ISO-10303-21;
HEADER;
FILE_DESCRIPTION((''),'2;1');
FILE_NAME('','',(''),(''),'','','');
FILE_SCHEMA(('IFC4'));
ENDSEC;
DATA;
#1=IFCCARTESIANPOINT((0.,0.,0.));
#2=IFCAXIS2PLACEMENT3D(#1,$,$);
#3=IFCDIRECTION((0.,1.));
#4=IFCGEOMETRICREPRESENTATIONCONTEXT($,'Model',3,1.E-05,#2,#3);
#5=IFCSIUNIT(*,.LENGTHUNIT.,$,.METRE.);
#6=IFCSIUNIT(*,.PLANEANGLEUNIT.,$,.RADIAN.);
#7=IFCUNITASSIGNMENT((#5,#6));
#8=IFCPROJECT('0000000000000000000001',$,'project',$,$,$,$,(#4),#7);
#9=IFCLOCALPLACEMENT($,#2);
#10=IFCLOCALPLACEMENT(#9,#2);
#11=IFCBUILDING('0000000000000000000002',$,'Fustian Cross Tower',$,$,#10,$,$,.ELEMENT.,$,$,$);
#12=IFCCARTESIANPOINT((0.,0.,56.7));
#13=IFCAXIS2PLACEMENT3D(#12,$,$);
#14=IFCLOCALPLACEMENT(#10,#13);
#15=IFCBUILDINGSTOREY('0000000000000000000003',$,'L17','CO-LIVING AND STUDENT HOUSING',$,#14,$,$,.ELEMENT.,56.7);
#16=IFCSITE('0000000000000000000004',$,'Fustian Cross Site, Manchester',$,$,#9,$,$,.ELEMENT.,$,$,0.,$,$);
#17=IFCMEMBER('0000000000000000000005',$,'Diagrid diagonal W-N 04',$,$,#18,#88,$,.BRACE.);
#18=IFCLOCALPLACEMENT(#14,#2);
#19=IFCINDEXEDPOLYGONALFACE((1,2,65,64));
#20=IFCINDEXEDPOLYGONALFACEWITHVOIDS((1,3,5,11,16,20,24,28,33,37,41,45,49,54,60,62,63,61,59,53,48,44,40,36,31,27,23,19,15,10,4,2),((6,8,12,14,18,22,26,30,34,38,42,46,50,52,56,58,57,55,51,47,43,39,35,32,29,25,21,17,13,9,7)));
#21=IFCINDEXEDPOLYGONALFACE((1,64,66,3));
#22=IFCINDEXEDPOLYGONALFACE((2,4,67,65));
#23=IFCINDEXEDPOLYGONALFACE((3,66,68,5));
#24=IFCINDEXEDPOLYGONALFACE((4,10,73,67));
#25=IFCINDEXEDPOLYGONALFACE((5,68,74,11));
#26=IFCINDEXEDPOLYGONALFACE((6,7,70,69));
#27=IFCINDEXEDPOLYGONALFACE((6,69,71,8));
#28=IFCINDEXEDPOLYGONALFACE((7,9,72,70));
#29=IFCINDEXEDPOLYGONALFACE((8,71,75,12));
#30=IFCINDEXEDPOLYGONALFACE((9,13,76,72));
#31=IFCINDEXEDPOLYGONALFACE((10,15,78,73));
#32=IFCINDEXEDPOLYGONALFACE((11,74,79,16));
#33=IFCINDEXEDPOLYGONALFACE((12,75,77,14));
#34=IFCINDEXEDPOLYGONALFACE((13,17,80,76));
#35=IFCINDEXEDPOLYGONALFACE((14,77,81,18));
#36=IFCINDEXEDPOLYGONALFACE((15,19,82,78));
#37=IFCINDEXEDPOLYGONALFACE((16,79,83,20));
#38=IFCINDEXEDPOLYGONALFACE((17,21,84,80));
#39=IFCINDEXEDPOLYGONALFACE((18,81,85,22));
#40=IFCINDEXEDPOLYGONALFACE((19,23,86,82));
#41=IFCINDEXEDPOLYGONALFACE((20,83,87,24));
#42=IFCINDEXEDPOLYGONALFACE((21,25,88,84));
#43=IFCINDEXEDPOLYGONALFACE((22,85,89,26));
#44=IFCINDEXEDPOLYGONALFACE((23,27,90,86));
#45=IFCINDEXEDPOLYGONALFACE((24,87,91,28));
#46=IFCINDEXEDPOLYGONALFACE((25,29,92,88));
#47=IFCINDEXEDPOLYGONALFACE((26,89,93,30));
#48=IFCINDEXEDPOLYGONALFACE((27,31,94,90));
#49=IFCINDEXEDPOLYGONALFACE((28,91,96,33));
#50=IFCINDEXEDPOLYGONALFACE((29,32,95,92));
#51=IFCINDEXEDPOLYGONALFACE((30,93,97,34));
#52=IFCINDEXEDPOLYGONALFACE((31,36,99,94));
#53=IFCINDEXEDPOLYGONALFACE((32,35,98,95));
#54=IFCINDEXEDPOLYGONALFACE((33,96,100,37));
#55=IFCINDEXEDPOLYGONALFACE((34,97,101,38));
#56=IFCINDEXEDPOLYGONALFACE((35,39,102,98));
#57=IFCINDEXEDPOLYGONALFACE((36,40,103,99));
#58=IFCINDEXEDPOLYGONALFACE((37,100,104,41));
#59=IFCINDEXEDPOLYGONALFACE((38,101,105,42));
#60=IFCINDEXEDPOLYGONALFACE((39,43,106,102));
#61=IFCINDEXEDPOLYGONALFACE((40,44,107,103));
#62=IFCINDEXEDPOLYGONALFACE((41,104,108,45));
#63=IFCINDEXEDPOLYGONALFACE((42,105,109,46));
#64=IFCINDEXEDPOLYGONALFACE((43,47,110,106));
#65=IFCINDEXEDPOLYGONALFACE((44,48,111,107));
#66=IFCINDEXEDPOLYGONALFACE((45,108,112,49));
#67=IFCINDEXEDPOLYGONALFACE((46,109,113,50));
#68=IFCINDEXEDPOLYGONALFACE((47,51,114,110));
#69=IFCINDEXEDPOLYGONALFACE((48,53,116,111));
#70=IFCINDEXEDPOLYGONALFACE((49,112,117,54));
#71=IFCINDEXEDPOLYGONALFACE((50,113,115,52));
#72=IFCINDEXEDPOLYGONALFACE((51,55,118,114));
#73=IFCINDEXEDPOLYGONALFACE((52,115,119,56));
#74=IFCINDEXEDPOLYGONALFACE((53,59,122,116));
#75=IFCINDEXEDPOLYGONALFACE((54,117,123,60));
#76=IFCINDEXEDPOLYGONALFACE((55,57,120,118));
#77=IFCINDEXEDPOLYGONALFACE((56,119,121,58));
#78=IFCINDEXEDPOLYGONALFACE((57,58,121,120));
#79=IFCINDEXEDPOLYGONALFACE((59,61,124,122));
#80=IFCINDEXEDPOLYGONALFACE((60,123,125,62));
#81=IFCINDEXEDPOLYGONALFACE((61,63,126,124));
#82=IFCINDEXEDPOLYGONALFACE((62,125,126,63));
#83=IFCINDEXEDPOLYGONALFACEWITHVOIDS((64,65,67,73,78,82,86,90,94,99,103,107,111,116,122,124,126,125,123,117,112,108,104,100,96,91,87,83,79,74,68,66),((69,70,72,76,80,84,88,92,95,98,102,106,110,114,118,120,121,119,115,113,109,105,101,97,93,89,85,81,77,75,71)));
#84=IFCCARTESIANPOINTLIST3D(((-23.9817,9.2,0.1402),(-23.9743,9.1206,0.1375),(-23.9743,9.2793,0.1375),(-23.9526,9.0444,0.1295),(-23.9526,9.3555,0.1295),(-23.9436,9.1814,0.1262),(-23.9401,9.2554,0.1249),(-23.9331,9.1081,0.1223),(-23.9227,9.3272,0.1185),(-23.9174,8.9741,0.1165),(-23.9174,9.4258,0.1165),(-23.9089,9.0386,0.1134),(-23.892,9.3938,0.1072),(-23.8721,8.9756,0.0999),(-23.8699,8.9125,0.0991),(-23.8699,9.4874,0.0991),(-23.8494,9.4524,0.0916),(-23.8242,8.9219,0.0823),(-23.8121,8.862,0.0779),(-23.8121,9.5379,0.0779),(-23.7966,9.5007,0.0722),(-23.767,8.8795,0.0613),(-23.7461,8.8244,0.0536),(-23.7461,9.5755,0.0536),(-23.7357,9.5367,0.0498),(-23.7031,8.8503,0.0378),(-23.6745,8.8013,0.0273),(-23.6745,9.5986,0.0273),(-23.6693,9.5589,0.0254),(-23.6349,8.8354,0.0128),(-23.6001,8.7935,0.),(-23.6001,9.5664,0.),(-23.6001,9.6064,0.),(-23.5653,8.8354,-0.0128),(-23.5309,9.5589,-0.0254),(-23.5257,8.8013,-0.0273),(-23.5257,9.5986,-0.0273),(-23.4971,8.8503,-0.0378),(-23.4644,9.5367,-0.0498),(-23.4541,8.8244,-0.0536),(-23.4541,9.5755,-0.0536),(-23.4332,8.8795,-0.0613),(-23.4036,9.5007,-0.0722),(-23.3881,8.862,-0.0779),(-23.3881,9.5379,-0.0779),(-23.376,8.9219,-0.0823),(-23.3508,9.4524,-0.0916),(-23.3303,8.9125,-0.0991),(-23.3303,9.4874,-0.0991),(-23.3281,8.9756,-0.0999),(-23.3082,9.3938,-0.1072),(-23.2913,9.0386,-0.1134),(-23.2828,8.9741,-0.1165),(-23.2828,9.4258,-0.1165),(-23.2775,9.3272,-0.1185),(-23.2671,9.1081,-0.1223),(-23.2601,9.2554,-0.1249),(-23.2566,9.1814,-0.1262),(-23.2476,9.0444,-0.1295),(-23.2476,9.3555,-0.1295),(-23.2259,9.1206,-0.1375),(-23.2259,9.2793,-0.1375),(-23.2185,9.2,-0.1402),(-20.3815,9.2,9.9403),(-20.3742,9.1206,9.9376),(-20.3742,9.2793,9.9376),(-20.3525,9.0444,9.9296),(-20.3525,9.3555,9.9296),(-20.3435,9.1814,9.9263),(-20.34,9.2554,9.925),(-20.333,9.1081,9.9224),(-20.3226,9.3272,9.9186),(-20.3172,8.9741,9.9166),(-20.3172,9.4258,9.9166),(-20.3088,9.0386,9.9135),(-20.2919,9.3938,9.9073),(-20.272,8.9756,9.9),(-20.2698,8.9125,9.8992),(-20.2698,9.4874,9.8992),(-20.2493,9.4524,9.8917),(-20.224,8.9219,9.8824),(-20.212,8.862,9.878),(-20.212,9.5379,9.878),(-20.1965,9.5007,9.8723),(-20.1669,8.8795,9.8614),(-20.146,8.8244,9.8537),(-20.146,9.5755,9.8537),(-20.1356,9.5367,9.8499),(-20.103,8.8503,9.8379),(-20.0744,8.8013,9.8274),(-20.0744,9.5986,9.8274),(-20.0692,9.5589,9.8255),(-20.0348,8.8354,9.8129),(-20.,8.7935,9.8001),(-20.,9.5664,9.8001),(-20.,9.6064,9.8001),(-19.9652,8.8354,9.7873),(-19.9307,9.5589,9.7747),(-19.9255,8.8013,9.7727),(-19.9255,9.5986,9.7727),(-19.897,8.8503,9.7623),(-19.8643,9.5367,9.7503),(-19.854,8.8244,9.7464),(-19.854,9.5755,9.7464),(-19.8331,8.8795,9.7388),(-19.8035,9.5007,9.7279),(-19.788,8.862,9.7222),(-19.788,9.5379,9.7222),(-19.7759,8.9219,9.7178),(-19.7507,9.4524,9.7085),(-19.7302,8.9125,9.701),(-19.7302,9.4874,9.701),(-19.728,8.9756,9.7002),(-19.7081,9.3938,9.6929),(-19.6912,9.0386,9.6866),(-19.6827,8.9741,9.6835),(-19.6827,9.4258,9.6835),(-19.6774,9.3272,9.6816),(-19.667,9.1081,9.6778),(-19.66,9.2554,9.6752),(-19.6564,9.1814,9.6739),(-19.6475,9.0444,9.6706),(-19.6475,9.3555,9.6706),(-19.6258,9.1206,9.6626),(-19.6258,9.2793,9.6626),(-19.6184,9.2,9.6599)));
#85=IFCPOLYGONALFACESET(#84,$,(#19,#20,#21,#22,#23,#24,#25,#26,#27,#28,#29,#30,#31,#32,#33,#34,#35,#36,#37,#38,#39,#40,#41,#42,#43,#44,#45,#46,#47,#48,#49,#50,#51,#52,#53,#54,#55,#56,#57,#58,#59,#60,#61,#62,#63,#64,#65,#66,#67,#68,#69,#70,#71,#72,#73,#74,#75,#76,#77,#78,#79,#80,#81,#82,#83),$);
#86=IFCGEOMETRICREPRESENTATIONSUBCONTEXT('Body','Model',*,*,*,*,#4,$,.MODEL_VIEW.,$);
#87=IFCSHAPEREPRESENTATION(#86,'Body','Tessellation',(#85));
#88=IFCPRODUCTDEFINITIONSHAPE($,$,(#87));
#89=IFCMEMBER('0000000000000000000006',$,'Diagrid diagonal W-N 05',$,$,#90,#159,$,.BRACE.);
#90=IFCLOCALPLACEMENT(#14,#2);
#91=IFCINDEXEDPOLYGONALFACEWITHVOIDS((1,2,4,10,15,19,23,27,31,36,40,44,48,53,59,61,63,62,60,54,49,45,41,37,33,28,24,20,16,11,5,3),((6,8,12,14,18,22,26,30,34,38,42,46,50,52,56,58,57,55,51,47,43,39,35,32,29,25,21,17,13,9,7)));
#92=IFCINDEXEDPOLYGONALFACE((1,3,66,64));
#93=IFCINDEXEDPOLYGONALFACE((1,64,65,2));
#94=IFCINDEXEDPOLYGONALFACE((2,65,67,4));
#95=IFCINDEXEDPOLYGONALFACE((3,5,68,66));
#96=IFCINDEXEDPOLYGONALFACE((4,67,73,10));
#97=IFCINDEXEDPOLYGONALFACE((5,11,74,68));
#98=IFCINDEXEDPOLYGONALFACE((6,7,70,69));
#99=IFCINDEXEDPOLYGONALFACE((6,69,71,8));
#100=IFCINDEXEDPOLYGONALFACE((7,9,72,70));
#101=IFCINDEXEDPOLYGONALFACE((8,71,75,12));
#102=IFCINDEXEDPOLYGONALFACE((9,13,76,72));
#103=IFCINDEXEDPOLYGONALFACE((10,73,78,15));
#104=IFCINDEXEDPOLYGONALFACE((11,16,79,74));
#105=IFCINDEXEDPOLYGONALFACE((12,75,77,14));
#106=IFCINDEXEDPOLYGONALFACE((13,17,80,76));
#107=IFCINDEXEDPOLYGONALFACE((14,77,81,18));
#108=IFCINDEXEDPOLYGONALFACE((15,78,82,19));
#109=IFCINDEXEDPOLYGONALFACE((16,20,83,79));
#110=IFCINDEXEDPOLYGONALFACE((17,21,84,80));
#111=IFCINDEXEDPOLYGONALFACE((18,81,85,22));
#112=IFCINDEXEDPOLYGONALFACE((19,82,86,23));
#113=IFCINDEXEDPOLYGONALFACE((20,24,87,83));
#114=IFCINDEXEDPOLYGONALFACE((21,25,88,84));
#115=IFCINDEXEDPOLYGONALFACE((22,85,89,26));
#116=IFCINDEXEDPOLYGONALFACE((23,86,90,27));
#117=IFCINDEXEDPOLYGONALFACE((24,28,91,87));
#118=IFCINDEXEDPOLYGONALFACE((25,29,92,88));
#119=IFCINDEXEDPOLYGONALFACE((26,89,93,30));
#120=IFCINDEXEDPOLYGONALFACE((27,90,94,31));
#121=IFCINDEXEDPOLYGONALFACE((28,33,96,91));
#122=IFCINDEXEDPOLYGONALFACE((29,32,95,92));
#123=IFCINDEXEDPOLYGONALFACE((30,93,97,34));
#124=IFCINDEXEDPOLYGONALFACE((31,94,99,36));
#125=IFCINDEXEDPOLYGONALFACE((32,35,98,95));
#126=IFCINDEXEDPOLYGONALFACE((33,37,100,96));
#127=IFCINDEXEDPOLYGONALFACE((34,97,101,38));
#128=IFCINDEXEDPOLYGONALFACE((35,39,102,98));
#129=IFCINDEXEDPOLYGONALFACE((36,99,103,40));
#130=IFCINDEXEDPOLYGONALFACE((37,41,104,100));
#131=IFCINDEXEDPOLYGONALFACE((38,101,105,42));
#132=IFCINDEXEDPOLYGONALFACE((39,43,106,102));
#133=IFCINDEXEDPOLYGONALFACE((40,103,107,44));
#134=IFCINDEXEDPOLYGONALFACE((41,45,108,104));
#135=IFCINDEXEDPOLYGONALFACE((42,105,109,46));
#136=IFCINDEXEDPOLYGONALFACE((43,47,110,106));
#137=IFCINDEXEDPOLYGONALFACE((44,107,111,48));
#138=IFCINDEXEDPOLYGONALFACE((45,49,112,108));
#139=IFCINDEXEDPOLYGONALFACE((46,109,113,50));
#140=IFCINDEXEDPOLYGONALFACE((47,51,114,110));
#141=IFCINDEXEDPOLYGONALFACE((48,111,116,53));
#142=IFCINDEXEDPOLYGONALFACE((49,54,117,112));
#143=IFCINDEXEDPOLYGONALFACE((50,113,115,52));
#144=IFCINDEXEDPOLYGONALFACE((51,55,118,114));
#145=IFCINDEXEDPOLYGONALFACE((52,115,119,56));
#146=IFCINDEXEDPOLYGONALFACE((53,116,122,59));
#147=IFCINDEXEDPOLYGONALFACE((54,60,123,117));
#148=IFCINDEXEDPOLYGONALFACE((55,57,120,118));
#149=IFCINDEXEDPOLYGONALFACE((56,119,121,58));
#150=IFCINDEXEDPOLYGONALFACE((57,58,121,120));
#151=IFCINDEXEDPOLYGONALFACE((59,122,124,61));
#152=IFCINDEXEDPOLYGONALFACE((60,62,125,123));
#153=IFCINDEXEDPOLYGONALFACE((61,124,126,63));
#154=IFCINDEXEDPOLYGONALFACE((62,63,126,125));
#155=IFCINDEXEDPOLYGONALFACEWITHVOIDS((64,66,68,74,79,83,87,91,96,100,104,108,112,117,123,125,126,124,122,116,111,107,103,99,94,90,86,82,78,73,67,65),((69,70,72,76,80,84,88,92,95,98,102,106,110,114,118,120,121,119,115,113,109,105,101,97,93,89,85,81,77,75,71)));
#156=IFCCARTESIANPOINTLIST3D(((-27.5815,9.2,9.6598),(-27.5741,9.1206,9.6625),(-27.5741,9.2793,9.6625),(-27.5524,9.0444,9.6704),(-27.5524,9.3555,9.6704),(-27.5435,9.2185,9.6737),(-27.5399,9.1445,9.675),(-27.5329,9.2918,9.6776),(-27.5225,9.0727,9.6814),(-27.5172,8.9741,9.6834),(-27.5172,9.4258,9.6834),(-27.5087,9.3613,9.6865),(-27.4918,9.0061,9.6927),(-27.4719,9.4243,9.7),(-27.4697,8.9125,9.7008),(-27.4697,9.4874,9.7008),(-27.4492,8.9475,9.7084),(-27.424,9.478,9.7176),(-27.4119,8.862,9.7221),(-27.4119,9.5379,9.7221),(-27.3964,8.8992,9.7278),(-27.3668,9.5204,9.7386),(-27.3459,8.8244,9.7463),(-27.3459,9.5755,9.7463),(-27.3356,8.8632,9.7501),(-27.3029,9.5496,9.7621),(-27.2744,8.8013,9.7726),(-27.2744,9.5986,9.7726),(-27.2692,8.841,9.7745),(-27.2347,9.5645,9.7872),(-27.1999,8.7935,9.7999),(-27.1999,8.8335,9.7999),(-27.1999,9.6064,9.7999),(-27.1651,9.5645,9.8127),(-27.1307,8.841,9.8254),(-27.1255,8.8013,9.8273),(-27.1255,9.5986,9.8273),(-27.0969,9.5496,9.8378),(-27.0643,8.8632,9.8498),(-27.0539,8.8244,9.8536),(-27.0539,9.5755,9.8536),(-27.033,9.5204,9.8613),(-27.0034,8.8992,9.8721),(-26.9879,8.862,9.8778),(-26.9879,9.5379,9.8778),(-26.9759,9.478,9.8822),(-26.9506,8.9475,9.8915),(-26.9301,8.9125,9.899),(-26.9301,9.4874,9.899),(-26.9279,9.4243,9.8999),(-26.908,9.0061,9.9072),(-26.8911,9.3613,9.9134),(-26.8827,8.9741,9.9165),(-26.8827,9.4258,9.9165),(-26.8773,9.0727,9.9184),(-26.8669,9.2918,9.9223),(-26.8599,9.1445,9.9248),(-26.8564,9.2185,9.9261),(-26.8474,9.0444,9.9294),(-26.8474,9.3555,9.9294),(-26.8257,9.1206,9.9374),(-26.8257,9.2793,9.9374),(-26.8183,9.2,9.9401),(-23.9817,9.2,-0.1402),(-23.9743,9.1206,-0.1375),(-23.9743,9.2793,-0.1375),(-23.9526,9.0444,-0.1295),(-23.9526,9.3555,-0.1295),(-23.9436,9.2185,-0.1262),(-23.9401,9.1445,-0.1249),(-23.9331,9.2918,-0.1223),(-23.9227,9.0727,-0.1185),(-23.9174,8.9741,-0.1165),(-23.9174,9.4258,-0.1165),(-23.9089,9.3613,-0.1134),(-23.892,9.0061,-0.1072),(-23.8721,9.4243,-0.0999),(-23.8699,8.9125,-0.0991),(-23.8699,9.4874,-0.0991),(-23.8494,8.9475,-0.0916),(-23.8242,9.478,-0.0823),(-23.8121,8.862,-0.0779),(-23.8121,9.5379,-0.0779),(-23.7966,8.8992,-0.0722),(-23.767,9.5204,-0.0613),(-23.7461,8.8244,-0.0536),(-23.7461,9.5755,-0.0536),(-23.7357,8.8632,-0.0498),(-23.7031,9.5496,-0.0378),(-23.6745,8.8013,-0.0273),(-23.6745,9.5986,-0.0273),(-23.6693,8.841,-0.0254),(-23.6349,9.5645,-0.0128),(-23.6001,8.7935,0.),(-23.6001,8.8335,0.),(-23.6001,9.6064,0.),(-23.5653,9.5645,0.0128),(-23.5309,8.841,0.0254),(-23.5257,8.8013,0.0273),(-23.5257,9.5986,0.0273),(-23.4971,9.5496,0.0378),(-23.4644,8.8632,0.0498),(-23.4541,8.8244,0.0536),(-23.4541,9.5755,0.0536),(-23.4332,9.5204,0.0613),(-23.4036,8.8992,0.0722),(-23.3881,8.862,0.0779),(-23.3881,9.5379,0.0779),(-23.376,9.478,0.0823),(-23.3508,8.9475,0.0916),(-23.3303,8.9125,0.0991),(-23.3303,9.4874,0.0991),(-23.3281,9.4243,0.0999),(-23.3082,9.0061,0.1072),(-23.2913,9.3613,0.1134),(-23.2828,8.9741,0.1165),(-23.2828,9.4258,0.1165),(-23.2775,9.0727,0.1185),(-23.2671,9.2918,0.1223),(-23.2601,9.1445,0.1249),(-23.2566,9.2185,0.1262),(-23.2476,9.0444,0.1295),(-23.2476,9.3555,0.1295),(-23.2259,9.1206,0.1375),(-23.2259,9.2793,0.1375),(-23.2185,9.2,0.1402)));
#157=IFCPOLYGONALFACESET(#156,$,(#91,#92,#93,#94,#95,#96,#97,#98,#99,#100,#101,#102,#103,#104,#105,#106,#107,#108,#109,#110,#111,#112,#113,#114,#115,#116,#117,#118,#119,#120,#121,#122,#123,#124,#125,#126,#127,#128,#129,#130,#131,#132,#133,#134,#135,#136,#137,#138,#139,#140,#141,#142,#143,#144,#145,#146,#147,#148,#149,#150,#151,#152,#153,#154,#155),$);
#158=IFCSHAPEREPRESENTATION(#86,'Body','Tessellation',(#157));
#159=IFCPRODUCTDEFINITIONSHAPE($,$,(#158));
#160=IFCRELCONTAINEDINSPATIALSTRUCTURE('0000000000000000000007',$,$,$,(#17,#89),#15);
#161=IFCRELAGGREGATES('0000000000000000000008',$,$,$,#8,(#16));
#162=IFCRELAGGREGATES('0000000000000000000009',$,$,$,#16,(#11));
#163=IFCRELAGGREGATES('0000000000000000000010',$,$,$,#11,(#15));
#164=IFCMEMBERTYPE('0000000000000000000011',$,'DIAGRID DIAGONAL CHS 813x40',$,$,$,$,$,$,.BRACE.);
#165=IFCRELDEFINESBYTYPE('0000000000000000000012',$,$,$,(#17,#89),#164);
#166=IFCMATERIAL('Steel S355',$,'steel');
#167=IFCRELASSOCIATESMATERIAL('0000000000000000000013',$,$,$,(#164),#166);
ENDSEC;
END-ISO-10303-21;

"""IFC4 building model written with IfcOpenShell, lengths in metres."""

from ifc_helpers import new_model, si_unit, direction, frame, origin, origin_2d, place, context, subcontext, project, spatial, hollow_circle, extrude, material, material_profile, profile_set, type_object, element, save


model = new_model("IFC4")

# Units and contexts
model_context = context("Model", 3, precision=1e-05, world=origin(), true_north=direction((0.0, 1.0)))
body_context = subcontext(model_context, "Body", "Model", "MODEL_VIEW")
ifc_project = project(units=[si_unit("LENGTHUNIT", "METRE"), si_unit("PLANEANGLEUNIT", "RADIAN")], contexts=[model_context])

# Site, building, storey
site_placement = place(None, origin())
site = spatial("IfcSite", under=ifc_project, at=site_placement, Name="Fustian Cross Site, Manchester", CompositionType="ELEMENT", RefElevation=0.0)
building_placement = place(site_placement, origin())
building = spatial("IfcBuilding", under=site, at=building_placement, Name="Fustian Cross Tower", CompositionType="ELEMENT")
storey_placement = place(building_placement, frame((0.0, 0.0, 56.7)))
storey = spatial("IfcBuildingStorey", under=building, at=storey_placement, Name="L17", Description="CO-LIVING AND STUDENT HOUSING", CompositionType="ELEMENT", Elevation=56.7)

# Members
ifc_material_1 = material(Name="Steel S355", Category="steel")
ifc_material_profile_1 = material_profile(ifc_material_1, hollow_circle(Radius=0.4065, WallThickness=0.04, at=origin_2d()), Name="CHS 813x40")
ifc_profile_set_1 = profile_set([ifc_material_profile_1], Name="Steel S355")
member_type_1 = type_object("IfcMemberType", Name="DIAGRID DIAGONAL CHS 813x40", PredefinedType="BRACE", material=ifc_profile_set_1)
member_1_placement = place(storey_placement, frame((-23.6001, 9.2, 0.0), z_axis=(0.344824, 0.0, 0.938667), x_axis=(0.0, 1.0, 0.0)))
element("IfcMember", 1, at=member_1_placement, inside=storey, type_object=member_type_1, Name="Diagrid diagonal W-N 04", PredefinedType="BRACE", context=body_context, shape_type="SweptSolid", body=[
    extrude(hollow_circle(Radius=0.4065, WallThickness=0.04, at=origin_2d()), origin(), (0.0, 0.0, 1.0), 10.4404),
])
member_2_placement = place(storey_placement, frame((-23.6001, 9.2, 0.0), z_axis=(-0.344804, 0.0, 0.938675), x_axis=(0.0, -1.0, 0.0)))
element("IfcMember", 2, at=member_2_placement, inside=storey, type_object=member_type_1, Name="Diagrid diagonal W-N 05", PredefinedType="BRACE", context=body_context, shape_type="SweptSolid", body=[
    extrude(hollow_circle(Radius=0.4065, WallThickness=0.04, at=origin_2d()), origin(), (0.0, 0.0, 1.0), 10.4402),
])

save(model, "model.ifc")
